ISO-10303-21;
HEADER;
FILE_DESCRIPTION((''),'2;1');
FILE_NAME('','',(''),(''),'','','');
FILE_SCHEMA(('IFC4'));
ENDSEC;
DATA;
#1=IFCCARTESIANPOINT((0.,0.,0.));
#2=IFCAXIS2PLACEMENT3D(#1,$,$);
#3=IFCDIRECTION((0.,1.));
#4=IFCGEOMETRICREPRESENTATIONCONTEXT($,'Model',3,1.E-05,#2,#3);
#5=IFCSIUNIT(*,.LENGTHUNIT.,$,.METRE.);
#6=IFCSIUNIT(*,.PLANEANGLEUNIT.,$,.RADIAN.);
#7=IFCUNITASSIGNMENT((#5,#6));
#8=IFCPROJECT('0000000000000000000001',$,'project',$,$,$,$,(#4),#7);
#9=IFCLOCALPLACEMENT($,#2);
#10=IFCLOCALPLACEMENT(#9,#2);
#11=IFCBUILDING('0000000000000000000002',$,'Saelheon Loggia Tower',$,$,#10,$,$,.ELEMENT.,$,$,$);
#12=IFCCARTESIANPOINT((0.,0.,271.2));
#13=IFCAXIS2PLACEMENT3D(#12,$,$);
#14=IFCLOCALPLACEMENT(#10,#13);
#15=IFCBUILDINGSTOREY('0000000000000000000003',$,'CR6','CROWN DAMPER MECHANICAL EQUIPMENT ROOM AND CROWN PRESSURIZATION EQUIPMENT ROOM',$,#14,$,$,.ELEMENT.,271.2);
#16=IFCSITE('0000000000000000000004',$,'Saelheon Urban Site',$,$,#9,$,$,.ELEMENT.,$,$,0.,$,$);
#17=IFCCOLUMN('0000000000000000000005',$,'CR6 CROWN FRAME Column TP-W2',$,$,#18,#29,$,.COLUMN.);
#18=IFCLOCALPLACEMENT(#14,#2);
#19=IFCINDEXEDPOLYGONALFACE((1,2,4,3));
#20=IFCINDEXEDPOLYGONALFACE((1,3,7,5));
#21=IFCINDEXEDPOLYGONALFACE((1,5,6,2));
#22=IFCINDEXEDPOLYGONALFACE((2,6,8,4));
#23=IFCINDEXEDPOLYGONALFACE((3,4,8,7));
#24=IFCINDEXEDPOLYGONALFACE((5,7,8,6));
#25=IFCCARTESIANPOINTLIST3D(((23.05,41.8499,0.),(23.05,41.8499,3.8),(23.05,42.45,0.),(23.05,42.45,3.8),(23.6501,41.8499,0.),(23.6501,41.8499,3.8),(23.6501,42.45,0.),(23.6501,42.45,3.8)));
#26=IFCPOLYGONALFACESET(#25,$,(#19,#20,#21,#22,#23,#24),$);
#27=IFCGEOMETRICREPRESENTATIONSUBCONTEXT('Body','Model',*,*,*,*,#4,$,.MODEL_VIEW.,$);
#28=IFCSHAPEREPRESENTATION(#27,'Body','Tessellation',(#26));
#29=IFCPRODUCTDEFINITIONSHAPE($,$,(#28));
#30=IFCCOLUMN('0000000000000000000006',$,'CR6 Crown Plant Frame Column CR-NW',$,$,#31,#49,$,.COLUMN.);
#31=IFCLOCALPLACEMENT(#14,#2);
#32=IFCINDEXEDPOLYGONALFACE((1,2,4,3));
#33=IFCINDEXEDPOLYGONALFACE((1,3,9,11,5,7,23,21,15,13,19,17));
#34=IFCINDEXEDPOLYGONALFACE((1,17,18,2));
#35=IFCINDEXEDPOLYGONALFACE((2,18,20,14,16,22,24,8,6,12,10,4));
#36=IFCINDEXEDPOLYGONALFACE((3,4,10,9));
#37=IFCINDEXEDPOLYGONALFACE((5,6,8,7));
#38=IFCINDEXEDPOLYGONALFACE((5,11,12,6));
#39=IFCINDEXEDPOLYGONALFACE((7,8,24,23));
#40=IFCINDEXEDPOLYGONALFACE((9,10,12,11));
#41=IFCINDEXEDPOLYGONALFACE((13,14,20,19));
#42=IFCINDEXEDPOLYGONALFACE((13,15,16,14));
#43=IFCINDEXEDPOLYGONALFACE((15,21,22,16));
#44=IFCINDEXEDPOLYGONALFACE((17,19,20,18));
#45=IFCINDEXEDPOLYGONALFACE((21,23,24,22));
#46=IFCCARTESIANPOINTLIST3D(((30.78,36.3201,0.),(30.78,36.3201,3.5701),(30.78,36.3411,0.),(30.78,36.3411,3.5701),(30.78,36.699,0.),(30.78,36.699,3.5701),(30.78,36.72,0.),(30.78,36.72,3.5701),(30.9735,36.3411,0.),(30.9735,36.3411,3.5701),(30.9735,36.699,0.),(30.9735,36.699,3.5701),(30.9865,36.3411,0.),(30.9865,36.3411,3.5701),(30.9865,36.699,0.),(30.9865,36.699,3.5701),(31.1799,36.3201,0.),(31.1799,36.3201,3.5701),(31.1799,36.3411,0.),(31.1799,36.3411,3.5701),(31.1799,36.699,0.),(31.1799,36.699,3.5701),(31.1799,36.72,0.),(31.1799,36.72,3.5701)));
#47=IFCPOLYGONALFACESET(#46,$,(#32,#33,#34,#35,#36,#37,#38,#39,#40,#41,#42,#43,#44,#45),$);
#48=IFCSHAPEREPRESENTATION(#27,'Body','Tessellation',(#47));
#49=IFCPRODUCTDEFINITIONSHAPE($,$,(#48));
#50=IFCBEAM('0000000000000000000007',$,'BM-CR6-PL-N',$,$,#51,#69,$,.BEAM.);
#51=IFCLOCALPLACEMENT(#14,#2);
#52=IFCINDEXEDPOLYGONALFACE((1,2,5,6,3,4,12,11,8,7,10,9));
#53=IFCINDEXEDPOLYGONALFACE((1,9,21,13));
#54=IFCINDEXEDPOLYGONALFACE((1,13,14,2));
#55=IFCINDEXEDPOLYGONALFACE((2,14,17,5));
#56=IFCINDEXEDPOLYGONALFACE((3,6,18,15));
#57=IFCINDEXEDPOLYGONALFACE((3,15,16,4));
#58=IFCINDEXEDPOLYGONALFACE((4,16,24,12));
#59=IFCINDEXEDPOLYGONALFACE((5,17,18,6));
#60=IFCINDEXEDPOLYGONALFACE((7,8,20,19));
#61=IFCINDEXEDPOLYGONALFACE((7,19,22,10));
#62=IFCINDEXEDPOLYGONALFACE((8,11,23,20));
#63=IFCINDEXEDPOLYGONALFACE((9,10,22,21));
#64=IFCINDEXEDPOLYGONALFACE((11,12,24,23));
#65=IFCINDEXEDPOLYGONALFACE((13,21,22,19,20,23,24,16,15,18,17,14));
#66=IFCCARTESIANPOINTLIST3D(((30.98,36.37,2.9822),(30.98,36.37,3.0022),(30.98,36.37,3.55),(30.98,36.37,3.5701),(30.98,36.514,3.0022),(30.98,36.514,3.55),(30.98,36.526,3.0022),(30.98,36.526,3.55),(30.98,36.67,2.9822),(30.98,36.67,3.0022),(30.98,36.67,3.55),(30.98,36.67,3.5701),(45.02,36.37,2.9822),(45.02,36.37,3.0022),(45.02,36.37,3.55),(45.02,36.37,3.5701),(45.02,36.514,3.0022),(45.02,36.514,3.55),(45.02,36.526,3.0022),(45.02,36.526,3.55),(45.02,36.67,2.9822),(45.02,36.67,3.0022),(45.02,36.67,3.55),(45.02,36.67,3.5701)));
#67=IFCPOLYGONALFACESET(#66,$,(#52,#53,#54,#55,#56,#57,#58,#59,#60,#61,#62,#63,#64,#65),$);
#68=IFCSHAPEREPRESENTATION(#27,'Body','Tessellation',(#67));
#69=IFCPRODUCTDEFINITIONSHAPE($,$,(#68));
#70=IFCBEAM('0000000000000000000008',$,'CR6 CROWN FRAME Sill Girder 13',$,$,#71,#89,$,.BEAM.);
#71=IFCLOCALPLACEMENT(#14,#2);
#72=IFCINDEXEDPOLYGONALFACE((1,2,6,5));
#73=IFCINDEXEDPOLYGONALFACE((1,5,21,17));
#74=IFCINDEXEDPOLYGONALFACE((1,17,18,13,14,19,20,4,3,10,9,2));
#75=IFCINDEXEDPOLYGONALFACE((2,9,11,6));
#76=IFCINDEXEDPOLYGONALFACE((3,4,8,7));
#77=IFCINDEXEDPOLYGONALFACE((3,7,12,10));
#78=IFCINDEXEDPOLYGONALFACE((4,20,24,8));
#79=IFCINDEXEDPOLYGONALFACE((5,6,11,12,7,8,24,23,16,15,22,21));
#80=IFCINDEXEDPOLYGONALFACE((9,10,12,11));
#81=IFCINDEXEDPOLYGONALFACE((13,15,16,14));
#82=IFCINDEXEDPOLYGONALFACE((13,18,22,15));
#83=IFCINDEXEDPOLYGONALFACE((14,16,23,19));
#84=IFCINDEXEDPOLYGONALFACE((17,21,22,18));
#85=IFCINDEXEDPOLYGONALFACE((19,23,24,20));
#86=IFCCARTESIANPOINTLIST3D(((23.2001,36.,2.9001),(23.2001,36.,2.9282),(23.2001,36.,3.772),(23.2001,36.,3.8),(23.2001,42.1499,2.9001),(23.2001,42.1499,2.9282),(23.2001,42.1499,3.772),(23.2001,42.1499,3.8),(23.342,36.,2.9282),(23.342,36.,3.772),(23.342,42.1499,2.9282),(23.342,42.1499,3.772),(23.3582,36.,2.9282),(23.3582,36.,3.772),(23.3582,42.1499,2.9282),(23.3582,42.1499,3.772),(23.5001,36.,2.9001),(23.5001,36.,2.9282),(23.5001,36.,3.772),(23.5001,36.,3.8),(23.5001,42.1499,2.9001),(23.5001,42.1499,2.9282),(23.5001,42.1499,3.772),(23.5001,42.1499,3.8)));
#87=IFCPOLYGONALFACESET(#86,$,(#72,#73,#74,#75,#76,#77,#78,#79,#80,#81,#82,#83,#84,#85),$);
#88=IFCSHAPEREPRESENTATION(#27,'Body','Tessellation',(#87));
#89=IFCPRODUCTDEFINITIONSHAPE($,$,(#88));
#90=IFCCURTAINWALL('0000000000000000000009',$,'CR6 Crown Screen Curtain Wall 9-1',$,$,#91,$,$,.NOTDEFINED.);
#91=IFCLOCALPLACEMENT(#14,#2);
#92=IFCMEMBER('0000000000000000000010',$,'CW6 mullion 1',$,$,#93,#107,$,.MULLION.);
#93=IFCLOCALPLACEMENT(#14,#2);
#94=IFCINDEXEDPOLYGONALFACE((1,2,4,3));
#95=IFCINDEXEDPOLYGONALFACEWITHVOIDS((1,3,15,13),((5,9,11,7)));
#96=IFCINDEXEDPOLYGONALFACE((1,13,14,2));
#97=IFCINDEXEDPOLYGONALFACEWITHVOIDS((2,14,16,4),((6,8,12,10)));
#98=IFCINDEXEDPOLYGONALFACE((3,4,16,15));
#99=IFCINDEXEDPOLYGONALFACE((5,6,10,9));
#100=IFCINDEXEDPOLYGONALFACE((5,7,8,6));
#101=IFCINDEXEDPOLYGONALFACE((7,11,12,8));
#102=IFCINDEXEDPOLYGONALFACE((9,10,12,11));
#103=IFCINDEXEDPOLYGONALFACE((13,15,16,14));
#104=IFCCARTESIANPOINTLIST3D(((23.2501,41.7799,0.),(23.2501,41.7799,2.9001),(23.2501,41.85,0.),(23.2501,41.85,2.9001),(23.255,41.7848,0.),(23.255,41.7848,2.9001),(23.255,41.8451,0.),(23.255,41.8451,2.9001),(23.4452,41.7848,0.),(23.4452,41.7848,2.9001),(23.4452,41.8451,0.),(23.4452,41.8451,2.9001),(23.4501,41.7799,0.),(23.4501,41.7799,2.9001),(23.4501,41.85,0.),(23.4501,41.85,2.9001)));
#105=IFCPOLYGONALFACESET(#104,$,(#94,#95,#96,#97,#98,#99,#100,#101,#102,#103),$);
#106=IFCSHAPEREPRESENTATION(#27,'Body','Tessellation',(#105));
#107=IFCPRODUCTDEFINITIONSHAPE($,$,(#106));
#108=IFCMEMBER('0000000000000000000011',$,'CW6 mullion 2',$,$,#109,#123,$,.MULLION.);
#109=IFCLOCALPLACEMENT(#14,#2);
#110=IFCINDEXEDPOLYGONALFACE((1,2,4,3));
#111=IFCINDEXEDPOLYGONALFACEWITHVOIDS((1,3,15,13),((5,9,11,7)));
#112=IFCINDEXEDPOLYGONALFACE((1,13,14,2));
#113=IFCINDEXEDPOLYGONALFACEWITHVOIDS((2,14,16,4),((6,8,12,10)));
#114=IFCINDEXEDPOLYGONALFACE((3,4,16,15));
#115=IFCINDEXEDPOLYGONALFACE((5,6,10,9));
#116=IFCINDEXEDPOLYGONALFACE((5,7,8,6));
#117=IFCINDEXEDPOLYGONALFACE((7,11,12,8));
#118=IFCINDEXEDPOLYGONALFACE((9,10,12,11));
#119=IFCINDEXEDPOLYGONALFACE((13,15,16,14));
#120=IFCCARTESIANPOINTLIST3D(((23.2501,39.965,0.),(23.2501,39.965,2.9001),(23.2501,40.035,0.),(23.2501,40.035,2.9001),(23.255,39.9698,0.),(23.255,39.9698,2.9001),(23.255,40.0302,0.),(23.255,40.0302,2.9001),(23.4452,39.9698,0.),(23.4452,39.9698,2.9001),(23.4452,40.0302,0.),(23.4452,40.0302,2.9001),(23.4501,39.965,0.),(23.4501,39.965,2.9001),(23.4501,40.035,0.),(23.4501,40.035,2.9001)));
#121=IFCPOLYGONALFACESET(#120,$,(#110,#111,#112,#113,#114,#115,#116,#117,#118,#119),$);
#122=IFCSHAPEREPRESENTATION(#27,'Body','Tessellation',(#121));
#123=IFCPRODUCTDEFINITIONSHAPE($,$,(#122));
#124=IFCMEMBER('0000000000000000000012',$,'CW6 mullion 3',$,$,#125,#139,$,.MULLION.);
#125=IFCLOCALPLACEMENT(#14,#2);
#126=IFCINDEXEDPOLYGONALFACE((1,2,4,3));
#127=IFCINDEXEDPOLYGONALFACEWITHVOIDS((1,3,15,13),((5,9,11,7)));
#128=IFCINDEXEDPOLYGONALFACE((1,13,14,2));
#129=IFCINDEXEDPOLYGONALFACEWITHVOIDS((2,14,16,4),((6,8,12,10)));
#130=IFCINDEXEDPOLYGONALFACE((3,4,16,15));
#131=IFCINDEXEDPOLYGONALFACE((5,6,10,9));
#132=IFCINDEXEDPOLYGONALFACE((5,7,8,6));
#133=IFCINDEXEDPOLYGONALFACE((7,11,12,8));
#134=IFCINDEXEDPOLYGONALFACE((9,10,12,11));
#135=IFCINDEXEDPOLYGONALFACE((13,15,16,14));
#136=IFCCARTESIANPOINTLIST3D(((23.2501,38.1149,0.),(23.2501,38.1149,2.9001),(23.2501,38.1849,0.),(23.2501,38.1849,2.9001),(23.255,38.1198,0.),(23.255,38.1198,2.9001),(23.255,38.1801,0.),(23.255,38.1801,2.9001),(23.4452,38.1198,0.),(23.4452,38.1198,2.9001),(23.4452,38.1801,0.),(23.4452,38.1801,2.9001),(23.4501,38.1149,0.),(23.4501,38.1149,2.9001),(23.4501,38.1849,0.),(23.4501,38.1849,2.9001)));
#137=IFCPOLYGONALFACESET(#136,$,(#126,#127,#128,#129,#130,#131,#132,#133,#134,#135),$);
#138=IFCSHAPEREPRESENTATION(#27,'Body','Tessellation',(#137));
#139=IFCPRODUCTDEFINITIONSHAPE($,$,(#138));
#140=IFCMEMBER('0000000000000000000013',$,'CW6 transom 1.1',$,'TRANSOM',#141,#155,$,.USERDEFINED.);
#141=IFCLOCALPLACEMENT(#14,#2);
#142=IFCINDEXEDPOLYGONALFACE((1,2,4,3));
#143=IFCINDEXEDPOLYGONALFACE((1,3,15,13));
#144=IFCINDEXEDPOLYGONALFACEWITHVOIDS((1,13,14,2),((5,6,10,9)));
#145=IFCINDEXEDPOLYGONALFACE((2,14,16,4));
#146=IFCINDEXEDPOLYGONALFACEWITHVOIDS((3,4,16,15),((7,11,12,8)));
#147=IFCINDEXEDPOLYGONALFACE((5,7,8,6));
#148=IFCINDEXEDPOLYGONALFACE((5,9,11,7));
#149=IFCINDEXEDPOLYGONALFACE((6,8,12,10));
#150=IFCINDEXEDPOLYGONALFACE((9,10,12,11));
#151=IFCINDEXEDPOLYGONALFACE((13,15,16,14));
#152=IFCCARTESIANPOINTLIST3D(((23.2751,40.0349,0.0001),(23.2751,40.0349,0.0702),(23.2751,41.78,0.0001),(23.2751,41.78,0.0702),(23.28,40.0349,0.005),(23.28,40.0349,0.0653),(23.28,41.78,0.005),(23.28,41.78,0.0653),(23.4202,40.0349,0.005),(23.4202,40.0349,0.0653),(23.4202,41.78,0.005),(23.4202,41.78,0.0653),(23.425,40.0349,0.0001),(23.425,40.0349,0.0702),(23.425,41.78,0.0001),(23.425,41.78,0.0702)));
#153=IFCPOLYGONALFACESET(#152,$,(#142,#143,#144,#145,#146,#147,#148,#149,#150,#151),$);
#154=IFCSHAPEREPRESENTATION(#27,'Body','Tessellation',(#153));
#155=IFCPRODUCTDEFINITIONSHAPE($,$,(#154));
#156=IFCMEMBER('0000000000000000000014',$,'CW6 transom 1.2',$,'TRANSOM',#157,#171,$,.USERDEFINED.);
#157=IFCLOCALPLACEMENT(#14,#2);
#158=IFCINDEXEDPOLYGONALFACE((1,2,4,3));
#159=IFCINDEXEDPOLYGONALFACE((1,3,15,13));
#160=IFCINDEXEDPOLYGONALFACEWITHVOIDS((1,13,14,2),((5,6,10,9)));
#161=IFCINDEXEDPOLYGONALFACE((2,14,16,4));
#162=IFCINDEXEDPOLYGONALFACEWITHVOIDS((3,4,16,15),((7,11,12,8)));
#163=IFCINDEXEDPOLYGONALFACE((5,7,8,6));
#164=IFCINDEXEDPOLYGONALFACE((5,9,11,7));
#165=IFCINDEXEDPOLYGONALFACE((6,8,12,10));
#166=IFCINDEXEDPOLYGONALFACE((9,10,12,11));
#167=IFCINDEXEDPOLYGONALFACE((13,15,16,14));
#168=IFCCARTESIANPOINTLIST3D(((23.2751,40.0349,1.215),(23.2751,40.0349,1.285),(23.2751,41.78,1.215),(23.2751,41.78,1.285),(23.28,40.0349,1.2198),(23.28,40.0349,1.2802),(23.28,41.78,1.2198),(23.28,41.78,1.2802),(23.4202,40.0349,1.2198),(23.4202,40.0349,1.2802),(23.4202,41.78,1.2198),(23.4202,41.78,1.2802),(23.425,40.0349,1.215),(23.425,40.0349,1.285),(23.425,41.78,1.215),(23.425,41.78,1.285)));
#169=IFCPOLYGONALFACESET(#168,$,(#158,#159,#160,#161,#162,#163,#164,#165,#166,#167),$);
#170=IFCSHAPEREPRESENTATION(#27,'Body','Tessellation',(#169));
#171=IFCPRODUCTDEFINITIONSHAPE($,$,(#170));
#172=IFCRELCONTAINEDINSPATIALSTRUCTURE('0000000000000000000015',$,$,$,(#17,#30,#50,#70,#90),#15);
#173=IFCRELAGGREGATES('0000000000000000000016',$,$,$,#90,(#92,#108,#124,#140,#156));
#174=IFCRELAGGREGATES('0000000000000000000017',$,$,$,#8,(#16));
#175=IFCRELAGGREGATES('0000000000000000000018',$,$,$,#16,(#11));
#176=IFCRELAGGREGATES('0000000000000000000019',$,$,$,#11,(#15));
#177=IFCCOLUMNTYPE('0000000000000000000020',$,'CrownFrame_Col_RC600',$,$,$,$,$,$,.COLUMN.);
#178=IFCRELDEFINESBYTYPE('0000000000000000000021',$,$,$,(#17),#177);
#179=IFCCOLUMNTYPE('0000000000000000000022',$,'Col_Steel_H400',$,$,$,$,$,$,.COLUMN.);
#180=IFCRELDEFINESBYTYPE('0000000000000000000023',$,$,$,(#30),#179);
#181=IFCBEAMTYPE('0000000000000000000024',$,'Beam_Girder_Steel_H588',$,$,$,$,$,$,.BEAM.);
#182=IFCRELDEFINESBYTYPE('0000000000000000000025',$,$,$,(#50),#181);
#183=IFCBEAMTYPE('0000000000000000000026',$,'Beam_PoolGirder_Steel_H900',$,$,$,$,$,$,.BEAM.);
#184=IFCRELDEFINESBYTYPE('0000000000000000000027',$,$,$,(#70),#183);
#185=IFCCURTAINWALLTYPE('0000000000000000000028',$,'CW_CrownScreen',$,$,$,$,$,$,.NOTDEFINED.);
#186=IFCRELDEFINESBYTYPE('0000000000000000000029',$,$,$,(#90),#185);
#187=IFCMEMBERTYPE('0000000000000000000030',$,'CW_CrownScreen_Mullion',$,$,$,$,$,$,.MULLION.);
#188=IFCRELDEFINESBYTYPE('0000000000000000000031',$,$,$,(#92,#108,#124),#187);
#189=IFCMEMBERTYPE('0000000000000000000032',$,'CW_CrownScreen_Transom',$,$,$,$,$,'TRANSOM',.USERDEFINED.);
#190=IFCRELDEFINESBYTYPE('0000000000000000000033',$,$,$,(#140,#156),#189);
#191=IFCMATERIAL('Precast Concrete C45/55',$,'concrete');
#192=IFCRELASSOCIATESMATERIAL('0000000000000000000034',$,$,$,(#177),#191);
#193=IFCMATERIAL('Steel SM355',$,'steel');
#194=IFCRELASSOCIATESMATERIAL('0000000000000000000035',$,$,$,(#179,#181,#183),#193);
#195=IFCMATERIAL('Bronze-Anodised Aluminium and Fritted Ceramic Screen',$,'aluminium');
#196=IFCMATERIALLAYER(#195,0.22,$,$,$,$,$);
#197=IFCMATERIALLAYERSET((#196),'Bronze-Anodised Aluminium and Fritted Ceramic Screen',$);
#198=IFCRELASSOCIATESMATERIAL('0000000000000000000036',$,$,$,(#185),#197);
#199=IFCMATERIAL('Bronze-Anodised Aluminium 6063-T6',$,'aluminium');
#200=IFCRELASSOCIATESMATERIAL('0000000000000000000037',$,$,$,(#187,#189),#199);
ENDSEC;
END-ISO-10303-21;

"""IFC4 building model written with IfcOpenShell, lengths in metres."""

from ifc_helpers import new_model, si_unit, direction, frame, origin, origin_2d, place, context, subcontext, project, spatial, rectangle, hollow_rectangle, i_section, extrude, source, transform, mapped, material, layer, layer_set, material_profile, profile_set, type_object, element, aggregate, save


model = new_model("IFC4")

# Units and contexts
model_context = context("Model", 3, precision=1e-05, world=origin(), true_north=direction((0.0, 1.0)))
body_context = subcontext(model_context, "Body", "Model", "MODEL_VIEW")
ifc_project = project(units=[si_unit("LENGTHUNIT", "METRE"), si_unit("PLANEANGLEUNIT", "RADIAN")], contexts=[model_context])

# Site, building, storey
site_placement = place(None, origin())
site = spatial("IfcSite", under=ifc_project, at=site_placement, Name="Saelheon Urban Site", CompositionType="ELEMENT", RefElevation=0.0)
building_placement = place(site_placement, origin())
building = spatial("IfcBuilding", under=site, at=building_placement, Name="Saelheon Loggia Tower", CompositionType="ELEMENT")
storey_placement = place(building_placement, frame((0.0, 0.0, 271.2)))
storey = spatial("IfcBuildingStorey", under=building, at=storey_placement, Name="CR6", Description="CROWN DAMPER MECHANICAL EQUIPMENT ROOM AND CROWN PRESSURIZATION EQUIPMENT ROOM", CompositionType="ELEMENT", Elevation=271.2)

# Columns
ifc_material_1 = material(Name="Precast Concrete C45/55", Category="concrete")
ifc_material_profile_1 = material_profile(ifc_material_1, rectangle(XDim=0.6001, YDim=0.6001, at=origin_2d()), Name="RC-600x600")
ifc_profile_set_1 = profile_set([ifc_material_profile_1], Name="Precast Concrete C45/55")
column_type_1 = type_object("IfcColumnType", Name="CrownFrame_Col_RC600", PredefinedType="COLUMN", material=ifc_profile_set_1)
shared_shape_1 = source(origin(), body_context, "Body", "SweptSolid", [
    extrude(rectangle(XDim=0.6001, YDim=0.6001, at=origin_2d()), origin(), (0.0, 0.0, 1.0), 3.8),
])
column_1_placement = place(storey_placement, frame((23.3501, 42.1499, 0.0), z_axis=(0.0, 0.0, 1.0), x_axis=(1.0, 0.0, 0.0)))
element("IfcColumn", 1, at=column_1_placement, inside=storey, type_object=column_type_1, Name="CR6 CROWN FRAME Column TP-W2", PredefinedType="COLUMN", context=body_context, shape_type="MappedRepresentation", body=[
    mapped(shared_shape_1, transform((0.0, 0.0, 0.0), scale=1.0)),
])
ifc_material_2 = material(Name="Steel SM355", Category="steel")
ifc_material_profile_2 = material_profile(ifc_material_2, i_section(OverallWidth=0.3999, OverallDepth=0.3999, WebThickness=0.0129, FlangeThickness=0.021, at=origin_2d()), Name="H-400x400x13x21")
ifc_profile_set_2 = profile_set([ifc_material_profile_2], Name="Steel SM355")
column_type_2 = type_object("IfcColumnType", Name="Col_Steel_H400", PredefinedType="COLUMN", material=ifc_profile_set_2)
shared_shape_2 = source(origin(), body_context, "Body", "SweptSolid", [
    extrude(i_section(OverallWidth=0.3999, OverallDepth=0.3999, WebThickness=0.0129, FlangeThickness=0.021, at=origin_2d()), origin(), (0.0, 0.0, 1.0), 3.5701),
])
column_2_placement = place(storey_placement, frame((30.98, 36.52, 0.0), z_axis=(0.0, 0.0, 1.0), x_axis=(1.0, 0.0, 0.0)))
element("IfcColumn", 2, at=column_2_placement, inside=storey, type_object=column_type_2, Name="CR6 Crown Plant Frame Column CR-NW", PredefinedType="COLUMN", context=body_context, shape_type="MappedRepresentation", body=[
    mapped(shared_shape_2, transform((0.0, 0.0, 0.0), scale=1.0)),
])

# Beams
ifc_material_profile_3 = material_profile(ifc_material_2, i_section(OverallWidth=0.3, OverallDepth=0.5879, WebThickness=0.012, FlangeThickness=0.02, at=origin_2d()), Name="H-588x300x12x20")
ifc_profile_set_3 = profile_set([ifc_material_profile_3], Name="Steel SM355")
beam_type_1 = type_object("IfcBeamType", Name="Beam_Girder_Steel_H588", PredefinedType="BEAM", material=ifc_profile_set_3)
shared_shape_3 = source(origin(), body_context, "Body", "SweptSolid", [
    extrude(i_section(OverallWidth=0.3, OverallDepth=0.5879, WebThickness=0.012, FlangeThickness=0.02, at=origin_2d()), origin(), (0.0, 0.0, 1.0), 14.04),
])
beam_1_placement = place(storey_placement, frame((30.98, 36.52, 3.2761), z_axis=(1.0, 0.0, 0.0), x_axis=(0.0, 1.0, 0.0)))
element("IfcBeam", 3, at=beam_1_placement, inside=storey, type_object=beam_type_1, Name="BM-CR6-PL-N", PredefinedType="BEAM", context=body_context, shape_type="MappedRepresentation", body=[
    mapped(shared_shape_3, transform((0.0, 0.0, 0.0), scale=1.0)),
])
ifc_material_profile_4 = material_profile(ifc_material_2, i_section(OverallWidth=0.3, OverallDepth=0.8999, WebThickness=0.0161, FlangeThickness=0.0281, at=origin_2d()), Name="H-900x300x16x28")
ifc_profile_set_4 = profile_set([ifc_material_profile_4], Name="Steel SM355")
beam_type_2 = type_object("IfcBeamType", Name="Beam_PoolGirder_Steel_H900", PredefinedType="BEAM", material=ifc_profile_set_4)
shared_shape_4 = source(origin(), body_context, "Body", "SweptSolid", [
    extrude(i_section(OverallWidth=0.3, OverallDepth=0.8999, WebThickness=0.0161, FlangeThickness=0.0281, at=origin_2d()), origin(), (0.0, 0.0, 1.0), 6.1499),
])
beam_2_placement = place(storey_placement, frame((23.3501, 42.1499, 3.3501), z_axis=(0.0, -1.0, 0.0), x_axis=(1.0, 0.0, 0.0)))
element("IfcBeam", 4, at=beam_2_placement, inside=storey, type_object=beam_type_2, Name="CR6 CROWN FRAME Sill Girder 13", PredefinedType="BEAM", context=body_context, shape_type="MappedRepresentation", body=[
    mapped(shared_shape_4, transform((0.0, 0.0, 0.0), scale=1.0)),
])

# Curtain wall, members
ifc_material_3 = material(Name="Bronze-Anodised Aluminium and Fritted Ceramic Screen", Category="aluminium")
ifc_layer_1 = layer(ifc_material_3, 0.22)
ifc_layer_set_1 = layer_set([ifc_layer_1], Name="Bronze-Anodised Aluminium and Fritted Ceramic Screen")
curtain_wall_type = type_object("IfcCurtainWallType", Name="CW_CrownScreen", PredefinedType="NOTDEFINED", material=ifc_layer_set_1)
curtain_wall_placement = place(storey_placement, origin())
curtain_wall = element("IfcCurtainWall", 5, at=curtain_wall_placement, inside=storey, type_object=curtain_wall_type, Name="CR6 Crown Screen Curtain Wall 9-1", PredefinedType="NOTDEFINED")
ifc_material_4 = material(Name="Bronze-Anodised Aluminium 6063-T6", Category="aluminium")
ifc_material_profile_5 = material_profile(ifc_material_4, hollow_rectangle(XDim=0.0701, YDim=0.2, WallThickness=0.0049, at=origin_2d()), Name="RHS-200x70x5")
ifc_profile_set_5 = profile_set([ifc_material_profile_5], Name="Bronze-Anodised Aluminium 6063-T6")
member_type_1 = type_object("IfcMemberType", Name="CW_CrownScreen_Mullion", PredefinedType="MULLION", material=ifc_profile_set_5)
shared_shape_5 = source(origin(), body_context, "Body", "SweptSolid", [
    extrude(hollow_rectangle(XDim=0.0701, YDim=0.2, WallThickness=0.0049, at=origin_2d()), origin(), (0.0, 0.0, 1.0), 2.9001),
])
member_1_placement = place(storey_placement, frame((23.3501, 41.8149, 0.0), z_axis=(0.0, 0.0, 1.0), x_axis=(0.0, -1.0, 0.0)))
member_1 = element("IfcMember", 6, at=member_1_placement, type_object=member_type_1, Name="CW6 mullion 1", PredefinedType="MULLION", context=body_context, shape_type="MappedRepresentation", body=[
    mapped(shared_shape_5, transform((0.0, 0.0, 0.0), scale=1.0)),
])
member_2_placement = place(storey_placement, frame((23.3501, 40.0, 0.0), z_axis=(0.0, 0.0, 1.0), x_axis=(0.0, -1.0, 0.0)))
member_2 = element("IfcMember", 7, at=member_2_placement, type_object=member_type_1, Name="CW6 mullion 2", PredefinedType="MULLION", context=body_context, shape_type="MappedRepresentation", body=[
    mapped(shared_shape_5, transform((0.0, 0.0, 0.0), scale=1.0)),
])
member_3_placement = place(storey_placement, frame((23.3501, 38.1499, 0.0), z_axis=(0.0, 0.0, 1.0), x_axis=(0.0, -1.0, 0.0)))
member_3 = element("IfcMember", 8, at=member_3_placement, type_object=member_type_1, Name="CW6 mullion 3", PredefinedType="MULLION", context=body_context, shape_type="MappedRepresentation", body=[
    mapped(shared_shape_5, transform((0.0, 0.0, 0.0), scale=1.0)),
])
ifc_material_profile_6 = material_profile(ifc_material_4, hollow_rectangle(XDim=0.0701, YDim=0.1499, WallThickness=0.0049, at=origin_2d()), Name="RHS-150x70x5")
ifc_profile_set_6 = profile_set([ifc_material_profile_6], Name="Bronze-Anodised Aluminium 6063-T6")
member_type_2 = type_object("IfcMemberType", Name="CW_CrownScreen_Transom", ElementType="TRANSOM", PredefinedType="USERDEFINED", material=ifc_profile_set_6)
shared_shape_6 = source(origin(), body_context, "Body", "SweptSolid", [
    extrude(hollow_rectangle(XDim=0.0701, YDim=0.1499, WallThickness=0.0049, at=origin_2d()), origin(), (0.0, 0.0, 1.0), 1.7451),
])
member_4_placement = place(storey_placement, frame((23.3501, 41.78, 0.0352), z_axis=(0.0, -1.0, 0.0), x_axis=(0.0, 0.0, 1.0)))
member_4 = element("IfcMember", 9, at=member_4_placement, type_object=member_type_2, Name="CW6 transom 1.1", ObjectType="TRANSOM", PredefinedType="USERDEFINED", context=body_context, shape_type="MappedRepresentation", body=[
    mapped(shared_shape_6, transform((0.0, 0.0, 0.0), scale=1.0)),
])
member_5_placement = place(storey_placement, frame((23.3501, 41.78, 1.25), z_axis=(0.0, -1.0, 0.0), x_axis=(0.0, 0.0, 1.0)))
member_5 = element("IfcMember", 10, at=member_5_placement, type_object=member_type_2, Name="CW6 transom 1.2", ObjectType="TRANSOM", PredefinedType="USERDEFINED", context=body_context, shape_type="MappedRepresentation", body=[
    mapped(shared_shape_6, transform((0.0, 0.0, 0.0), scale=1.0)),
])
aggregate(curtain_wall, [member_1, member_2, member_3, member_4, member_5])

save(model, "model.ifc")
